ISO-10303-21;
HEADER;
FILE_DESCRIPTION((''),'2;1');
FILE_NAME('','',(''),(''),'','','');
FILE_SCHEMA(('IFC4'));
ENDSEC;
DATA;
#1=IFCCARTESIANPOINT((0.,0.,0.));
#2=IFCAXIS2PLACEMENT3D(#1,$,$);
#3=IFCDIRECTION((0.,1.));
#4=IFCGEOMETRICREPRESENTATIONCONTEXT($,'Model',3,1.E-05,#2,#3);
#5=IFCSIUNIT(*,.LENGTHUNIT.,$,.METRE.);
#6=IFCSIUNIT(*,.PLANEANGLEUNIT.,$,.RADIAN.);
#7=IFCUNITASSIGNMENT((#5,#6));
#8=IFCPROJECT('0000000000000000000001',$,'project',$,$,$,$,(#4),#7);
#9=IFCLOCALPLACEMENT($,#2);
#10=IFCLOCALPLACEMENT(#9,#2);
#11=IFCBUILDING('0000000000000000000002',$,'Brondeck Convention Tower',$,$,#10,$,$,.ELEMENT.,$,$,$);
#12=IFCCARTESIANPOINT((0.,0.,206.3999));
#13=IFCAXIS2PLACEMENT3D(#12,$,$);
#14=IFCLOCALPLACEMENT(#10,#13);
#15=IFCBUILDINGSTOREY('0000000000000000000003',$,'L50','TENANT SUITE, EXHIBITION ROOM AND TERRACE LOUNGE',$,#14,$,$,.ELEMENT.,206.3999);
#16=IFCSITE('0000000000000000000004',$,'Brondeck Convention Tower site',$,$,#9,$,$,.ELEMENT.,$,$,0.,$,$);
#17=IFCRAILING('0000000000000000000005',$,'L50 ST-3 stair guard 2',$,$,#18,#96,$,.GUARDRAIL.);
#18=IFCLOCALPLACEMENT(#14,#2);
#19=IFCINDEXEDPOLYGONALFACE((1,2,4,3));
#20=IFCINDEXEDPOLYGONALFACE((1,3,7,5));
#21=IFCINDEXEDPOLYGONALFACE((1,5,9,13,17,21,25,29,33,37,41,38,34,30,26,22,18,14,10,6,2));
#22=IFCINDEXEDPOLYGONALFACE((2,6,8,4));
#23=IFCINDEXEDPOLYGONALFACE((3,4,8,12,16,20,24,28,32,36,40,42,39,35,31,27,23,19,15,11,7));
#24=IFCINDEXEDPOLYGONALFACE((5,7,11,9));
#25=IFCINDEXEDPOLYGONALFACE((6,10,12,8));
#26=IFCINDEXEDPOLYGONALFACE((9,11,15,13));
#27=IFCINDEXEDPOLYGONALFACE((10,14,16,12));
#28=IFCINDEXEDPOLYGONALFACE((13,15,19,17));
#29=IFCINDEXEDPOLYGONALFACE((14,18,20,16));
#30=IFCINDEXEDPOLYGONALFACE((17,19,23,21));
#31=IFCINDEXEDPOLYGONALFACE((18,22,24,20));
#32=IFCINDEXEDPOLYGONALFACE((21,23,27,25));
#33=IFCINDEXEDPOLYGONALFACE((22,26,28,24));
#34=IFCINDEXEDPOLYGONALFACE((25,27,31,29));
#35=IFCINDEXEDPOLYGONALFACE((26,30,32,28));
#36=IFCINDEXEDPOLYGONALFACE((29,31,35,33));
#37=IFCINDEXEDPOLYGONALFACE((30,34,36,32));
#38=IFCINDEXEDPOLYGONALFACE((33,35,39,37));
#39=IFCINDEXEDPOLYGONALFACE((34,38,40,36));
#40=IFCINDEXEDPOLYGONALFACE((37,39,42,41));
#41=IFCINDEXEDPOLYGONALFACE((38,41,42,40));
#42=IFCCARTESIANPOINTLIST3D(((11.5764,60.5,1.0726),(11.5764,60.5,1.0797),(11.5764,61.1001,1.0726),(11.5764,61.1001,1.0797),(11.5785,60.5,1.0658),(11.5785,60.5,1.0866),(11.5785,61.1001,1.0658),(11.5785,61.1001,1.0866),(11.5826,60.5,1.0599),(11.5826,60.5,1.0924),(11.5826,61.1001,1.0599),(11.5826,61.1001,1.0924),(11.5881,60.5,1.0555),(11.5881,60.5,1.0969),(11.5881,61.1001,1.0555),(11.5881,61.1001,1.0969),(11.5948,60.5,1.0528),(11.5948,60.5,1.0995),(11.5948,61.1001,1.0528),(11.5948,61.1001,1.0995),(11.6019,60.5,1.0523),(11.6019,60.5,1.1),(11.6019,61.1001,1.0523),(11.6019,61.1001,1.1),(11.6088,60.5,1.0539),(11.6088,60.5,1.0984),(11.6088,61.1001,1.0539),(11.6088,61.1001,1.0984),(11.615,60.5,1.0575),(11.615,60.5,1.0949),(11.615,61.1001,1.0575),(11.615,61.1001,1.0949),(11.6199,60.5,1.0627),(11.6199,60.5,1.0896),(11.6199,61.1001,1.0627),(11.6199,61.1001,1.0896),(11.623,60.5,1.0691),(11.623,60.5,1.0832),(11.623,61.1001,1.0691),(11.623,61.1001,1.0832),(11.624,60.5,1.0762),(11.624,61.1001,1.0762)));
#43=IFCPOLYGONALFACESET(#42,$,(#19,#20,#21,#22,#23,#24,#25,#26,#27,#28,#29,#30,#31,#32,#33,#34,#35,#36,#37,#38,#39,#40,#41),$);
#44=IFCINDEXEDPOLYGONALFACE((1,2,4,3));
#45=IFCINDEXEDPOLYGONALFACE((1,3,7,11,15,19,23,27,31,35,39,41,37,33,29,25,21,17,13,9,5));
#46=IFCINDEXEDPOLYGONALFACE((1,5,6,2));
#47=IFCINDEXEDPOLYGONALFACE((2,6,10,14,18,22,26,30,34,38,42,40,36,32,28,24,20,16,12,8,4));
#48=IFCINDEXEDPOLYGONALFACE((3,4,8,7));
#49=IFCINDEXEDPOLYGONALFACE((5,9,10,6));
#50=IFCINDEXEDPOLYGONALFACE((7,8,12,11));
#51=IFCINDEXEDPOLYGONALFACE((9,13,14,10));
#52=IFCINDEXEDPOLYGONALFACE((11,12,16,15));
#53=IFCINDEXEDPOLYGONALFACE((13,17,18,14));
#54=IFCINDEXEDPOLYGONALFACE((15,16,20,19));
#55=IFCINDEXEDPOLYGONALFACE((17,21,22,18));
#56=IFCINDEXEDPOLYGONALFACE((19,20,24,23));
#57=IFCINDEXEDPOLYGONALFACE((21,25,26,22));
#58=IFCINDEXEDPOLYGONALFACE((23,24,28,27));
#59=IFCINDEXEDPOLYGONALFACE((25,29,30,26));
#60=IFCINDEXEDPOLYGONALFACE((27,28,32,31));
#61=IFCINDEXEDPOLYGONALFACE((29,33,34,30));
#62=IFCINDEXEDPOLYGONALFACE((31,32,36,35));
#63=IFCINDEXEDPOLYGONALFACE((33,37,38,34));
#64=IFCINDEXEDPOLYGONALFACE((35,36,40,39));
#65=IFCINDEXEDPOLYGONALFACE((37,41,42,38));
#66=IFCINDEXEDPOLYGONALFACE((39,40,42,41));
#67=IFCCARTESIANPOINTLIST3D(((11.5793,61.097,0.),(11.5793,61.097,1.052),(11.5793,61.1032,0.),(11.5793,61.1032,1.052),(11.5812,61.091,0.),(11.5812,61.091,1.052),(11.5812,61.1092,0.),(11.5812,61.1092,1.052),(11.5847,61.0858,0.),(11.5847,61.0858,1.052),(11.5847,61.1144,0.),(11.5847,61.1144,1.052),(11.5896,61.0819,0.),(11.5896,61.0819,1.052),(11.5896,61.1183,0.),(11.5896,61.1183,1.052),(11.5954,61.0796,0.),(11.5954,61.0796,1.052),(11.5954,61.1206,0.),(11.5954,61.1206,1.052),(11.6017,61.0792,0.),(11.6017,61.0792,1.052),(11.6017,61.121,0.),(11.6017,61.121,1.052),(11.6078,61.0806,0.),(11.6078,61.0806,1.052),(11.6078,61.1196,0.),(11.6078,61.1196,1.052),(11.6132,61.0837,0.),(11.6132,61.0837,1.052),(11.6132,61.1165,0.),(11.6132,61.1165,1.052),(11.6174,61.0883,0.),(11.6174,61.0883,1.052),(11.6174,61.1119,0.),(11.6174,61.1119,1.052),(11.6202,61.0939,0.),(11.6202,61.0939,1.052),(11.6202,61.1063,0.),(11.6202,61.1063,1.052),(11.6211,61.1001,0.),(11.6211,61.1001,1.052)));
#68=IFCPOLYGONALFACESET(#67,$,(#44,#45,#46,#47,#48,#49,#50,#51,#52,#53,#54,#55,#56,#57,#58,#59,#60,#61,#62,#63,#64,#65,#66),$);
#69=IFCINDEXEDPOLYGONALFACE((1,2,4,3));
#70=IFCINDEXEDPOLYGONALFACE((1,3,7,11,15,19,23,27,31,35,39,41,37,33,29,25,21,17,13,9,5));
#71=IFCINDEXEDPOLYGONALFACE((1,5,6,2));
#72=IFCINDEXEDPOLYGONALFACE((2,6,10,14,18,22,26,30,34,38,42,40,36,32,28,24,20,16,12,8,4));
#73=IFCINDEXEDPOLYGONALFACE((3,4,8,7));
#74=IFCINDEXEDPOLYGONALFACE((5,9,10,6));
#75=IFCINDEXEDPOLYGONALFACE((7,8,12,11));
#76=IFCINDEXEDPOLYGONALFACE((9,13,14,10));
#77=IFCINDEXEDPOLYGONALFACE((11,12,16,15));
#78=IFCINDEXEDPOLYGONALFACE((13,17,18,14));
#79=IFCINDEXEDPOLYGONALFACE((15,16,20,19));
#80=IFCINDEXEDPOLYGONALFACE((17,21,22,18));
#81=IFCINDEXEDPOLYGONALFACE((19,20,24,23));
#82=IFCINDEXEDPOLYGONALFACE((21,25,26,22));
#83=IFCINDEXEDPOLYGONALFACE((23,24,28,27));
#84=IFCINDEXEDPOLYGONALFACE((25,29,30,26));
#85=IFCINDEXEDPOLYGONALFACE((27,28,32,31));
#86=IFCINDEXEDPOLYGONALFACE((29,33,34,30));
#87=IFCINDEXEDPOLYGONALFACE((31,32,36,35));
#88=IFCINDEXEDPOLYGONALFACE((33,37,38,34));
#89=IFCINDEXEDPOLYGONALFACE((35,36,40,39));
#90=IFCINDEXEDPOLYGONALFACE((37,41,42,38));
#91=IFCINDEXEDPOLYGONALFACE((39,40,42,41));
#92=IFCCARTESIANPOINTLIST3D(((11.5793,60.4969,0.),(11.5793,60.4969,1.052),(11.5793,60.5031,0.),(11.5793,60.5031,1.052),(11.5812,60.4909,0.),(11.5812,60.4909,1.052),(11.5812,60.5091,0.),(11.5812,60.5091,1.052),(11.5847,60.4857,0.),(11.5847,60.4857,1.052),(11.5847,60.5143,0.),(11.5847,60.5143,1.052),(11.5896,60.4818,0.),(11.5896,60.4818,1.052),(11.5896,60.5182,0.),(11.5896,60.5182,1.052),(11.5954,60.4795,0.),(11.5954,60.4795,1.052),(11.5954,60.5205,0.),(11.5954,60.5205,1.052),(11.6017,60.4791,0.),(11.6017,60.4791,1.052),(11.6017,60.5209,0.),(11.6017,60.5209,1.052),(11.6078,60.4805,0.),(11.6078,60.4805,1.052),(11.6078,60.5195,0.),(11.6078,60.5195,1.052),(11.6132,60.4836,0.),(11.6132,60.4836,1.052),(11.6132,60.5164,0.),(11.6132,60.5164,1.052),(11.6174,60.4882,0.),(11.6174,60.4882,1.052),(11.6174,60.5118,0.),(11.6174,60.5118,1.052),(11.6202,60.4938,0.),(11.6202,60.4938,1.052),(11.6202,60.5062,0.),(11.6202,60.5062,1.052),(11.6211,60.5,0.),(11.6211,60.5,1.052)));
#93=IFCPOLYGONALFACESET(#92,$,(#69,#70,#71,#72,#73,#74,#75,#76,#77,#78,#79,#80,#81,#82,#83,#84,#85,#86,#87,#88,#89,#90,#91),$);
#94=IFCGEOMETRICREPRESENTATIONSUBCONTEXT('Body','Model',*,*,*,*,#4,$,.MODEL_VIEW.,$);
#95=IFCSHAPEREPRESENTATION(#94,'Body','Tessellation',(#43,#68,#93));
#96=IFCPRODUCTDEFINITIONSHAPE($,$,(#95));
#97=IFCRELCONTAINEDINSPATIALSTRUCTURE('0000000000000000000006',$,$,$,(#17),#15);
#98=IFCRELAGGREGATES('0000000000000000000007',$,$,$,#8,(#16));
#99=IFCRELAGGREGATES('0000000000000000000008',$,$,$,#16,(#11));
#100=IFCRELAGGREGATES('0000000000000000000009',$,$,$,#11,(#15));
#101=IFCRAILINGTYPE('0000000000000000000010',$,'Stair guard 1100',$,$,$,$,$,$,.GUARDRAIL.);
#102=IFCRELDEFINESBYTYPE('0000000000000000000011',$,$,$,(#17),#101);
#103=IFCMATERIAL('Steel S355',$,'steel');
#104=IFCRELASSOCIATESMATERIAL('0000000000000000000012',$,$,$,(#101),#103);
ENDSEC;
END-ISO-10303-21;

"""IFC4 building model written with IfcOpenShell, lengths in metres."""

from ifc_helpers import new_model, si_unit, direction, frame, origin, origin_2d, place, context, subcontext, project, spatial, circle, extrude, material, type_object, element, save


model = new_model("IFC4")

# Units and contexts
model_context = context("Model", 3, precision=1e-05, world=origin(), true_north=direction((0.0, 1.0)))
body_context = subcontext(model_context, "Body", "Model", "MODEL_VIEW")
ifc_project = project(units=[si_unit("LENGTHUNIT", "METRE"), si_unit("PLANEANGLEUNIT", "RADIAN")], contexts=[model_context])

# Site, building, storey
site_placement = place(None, origin())
site = spatial("IfcSite", under=ifc_project, at=site_placement, Name="Brondeck Convention Tower site", CompositionType="ELEMENT", RefElevation=0.0)
building_placement = place(site_placement, origin())
building = spatial("IfcBuilding", under=site, at=building_placement, Name="Brondeck Convention Tower", CompositionType="ELEMENT")
storey_placement = place(building_placement, frame((0.0, 0.0, 206.3999)))
storey = spatial("IfcBuildingStorey", under=building, at=storey_placement, Name="L50", Description="TENANT SUITE, EXHIBITION ROOM AND TERRACE LOUNGE", CompositionType="ELEMENT", Elevation=206.3999)

# Railing
ifc_material_1 = material(Name="Steel S355", Category="steel")
railing_type_1 = type_object("IfcRailingType", Name="Stair guard 1100", PredefinedType="GUARDRAIL", material=ifc_material_1)
railing_1_placement = place(storey_placement, frame((11.6001, 61.1001, 0.0)))
element("IfcRailing", 1, at=railing_1_placement, inside=storey, type_object=railing_type_1, Name="L50 ST-3 stair guard 2", PredefinedType="GUARDRAIL", context=body_context, shape_type="SweptSolid", body=[
    extrude(circle(Radius=0.0239, at=origin_2d()), frame((0.0, 0.0, 1.0762), z_axis=(0.0, -1.0, 0.0), x_axis=(1.0, 0.0, 0.0)), (0.0, 0.0, 1.0), 0.6001),
    extrude(circle(Radius=0.021, at=origin_2d()), origin(), (0.0, 0.0, 1.0), 1.052),
    extrude(circle(Radius=0.021, at=origin_2d()), frame((0.0, -0.6001, 0.0)), (0.0, 0.0, 1.0), 1.052),
])

save(model, "model.ifc")
